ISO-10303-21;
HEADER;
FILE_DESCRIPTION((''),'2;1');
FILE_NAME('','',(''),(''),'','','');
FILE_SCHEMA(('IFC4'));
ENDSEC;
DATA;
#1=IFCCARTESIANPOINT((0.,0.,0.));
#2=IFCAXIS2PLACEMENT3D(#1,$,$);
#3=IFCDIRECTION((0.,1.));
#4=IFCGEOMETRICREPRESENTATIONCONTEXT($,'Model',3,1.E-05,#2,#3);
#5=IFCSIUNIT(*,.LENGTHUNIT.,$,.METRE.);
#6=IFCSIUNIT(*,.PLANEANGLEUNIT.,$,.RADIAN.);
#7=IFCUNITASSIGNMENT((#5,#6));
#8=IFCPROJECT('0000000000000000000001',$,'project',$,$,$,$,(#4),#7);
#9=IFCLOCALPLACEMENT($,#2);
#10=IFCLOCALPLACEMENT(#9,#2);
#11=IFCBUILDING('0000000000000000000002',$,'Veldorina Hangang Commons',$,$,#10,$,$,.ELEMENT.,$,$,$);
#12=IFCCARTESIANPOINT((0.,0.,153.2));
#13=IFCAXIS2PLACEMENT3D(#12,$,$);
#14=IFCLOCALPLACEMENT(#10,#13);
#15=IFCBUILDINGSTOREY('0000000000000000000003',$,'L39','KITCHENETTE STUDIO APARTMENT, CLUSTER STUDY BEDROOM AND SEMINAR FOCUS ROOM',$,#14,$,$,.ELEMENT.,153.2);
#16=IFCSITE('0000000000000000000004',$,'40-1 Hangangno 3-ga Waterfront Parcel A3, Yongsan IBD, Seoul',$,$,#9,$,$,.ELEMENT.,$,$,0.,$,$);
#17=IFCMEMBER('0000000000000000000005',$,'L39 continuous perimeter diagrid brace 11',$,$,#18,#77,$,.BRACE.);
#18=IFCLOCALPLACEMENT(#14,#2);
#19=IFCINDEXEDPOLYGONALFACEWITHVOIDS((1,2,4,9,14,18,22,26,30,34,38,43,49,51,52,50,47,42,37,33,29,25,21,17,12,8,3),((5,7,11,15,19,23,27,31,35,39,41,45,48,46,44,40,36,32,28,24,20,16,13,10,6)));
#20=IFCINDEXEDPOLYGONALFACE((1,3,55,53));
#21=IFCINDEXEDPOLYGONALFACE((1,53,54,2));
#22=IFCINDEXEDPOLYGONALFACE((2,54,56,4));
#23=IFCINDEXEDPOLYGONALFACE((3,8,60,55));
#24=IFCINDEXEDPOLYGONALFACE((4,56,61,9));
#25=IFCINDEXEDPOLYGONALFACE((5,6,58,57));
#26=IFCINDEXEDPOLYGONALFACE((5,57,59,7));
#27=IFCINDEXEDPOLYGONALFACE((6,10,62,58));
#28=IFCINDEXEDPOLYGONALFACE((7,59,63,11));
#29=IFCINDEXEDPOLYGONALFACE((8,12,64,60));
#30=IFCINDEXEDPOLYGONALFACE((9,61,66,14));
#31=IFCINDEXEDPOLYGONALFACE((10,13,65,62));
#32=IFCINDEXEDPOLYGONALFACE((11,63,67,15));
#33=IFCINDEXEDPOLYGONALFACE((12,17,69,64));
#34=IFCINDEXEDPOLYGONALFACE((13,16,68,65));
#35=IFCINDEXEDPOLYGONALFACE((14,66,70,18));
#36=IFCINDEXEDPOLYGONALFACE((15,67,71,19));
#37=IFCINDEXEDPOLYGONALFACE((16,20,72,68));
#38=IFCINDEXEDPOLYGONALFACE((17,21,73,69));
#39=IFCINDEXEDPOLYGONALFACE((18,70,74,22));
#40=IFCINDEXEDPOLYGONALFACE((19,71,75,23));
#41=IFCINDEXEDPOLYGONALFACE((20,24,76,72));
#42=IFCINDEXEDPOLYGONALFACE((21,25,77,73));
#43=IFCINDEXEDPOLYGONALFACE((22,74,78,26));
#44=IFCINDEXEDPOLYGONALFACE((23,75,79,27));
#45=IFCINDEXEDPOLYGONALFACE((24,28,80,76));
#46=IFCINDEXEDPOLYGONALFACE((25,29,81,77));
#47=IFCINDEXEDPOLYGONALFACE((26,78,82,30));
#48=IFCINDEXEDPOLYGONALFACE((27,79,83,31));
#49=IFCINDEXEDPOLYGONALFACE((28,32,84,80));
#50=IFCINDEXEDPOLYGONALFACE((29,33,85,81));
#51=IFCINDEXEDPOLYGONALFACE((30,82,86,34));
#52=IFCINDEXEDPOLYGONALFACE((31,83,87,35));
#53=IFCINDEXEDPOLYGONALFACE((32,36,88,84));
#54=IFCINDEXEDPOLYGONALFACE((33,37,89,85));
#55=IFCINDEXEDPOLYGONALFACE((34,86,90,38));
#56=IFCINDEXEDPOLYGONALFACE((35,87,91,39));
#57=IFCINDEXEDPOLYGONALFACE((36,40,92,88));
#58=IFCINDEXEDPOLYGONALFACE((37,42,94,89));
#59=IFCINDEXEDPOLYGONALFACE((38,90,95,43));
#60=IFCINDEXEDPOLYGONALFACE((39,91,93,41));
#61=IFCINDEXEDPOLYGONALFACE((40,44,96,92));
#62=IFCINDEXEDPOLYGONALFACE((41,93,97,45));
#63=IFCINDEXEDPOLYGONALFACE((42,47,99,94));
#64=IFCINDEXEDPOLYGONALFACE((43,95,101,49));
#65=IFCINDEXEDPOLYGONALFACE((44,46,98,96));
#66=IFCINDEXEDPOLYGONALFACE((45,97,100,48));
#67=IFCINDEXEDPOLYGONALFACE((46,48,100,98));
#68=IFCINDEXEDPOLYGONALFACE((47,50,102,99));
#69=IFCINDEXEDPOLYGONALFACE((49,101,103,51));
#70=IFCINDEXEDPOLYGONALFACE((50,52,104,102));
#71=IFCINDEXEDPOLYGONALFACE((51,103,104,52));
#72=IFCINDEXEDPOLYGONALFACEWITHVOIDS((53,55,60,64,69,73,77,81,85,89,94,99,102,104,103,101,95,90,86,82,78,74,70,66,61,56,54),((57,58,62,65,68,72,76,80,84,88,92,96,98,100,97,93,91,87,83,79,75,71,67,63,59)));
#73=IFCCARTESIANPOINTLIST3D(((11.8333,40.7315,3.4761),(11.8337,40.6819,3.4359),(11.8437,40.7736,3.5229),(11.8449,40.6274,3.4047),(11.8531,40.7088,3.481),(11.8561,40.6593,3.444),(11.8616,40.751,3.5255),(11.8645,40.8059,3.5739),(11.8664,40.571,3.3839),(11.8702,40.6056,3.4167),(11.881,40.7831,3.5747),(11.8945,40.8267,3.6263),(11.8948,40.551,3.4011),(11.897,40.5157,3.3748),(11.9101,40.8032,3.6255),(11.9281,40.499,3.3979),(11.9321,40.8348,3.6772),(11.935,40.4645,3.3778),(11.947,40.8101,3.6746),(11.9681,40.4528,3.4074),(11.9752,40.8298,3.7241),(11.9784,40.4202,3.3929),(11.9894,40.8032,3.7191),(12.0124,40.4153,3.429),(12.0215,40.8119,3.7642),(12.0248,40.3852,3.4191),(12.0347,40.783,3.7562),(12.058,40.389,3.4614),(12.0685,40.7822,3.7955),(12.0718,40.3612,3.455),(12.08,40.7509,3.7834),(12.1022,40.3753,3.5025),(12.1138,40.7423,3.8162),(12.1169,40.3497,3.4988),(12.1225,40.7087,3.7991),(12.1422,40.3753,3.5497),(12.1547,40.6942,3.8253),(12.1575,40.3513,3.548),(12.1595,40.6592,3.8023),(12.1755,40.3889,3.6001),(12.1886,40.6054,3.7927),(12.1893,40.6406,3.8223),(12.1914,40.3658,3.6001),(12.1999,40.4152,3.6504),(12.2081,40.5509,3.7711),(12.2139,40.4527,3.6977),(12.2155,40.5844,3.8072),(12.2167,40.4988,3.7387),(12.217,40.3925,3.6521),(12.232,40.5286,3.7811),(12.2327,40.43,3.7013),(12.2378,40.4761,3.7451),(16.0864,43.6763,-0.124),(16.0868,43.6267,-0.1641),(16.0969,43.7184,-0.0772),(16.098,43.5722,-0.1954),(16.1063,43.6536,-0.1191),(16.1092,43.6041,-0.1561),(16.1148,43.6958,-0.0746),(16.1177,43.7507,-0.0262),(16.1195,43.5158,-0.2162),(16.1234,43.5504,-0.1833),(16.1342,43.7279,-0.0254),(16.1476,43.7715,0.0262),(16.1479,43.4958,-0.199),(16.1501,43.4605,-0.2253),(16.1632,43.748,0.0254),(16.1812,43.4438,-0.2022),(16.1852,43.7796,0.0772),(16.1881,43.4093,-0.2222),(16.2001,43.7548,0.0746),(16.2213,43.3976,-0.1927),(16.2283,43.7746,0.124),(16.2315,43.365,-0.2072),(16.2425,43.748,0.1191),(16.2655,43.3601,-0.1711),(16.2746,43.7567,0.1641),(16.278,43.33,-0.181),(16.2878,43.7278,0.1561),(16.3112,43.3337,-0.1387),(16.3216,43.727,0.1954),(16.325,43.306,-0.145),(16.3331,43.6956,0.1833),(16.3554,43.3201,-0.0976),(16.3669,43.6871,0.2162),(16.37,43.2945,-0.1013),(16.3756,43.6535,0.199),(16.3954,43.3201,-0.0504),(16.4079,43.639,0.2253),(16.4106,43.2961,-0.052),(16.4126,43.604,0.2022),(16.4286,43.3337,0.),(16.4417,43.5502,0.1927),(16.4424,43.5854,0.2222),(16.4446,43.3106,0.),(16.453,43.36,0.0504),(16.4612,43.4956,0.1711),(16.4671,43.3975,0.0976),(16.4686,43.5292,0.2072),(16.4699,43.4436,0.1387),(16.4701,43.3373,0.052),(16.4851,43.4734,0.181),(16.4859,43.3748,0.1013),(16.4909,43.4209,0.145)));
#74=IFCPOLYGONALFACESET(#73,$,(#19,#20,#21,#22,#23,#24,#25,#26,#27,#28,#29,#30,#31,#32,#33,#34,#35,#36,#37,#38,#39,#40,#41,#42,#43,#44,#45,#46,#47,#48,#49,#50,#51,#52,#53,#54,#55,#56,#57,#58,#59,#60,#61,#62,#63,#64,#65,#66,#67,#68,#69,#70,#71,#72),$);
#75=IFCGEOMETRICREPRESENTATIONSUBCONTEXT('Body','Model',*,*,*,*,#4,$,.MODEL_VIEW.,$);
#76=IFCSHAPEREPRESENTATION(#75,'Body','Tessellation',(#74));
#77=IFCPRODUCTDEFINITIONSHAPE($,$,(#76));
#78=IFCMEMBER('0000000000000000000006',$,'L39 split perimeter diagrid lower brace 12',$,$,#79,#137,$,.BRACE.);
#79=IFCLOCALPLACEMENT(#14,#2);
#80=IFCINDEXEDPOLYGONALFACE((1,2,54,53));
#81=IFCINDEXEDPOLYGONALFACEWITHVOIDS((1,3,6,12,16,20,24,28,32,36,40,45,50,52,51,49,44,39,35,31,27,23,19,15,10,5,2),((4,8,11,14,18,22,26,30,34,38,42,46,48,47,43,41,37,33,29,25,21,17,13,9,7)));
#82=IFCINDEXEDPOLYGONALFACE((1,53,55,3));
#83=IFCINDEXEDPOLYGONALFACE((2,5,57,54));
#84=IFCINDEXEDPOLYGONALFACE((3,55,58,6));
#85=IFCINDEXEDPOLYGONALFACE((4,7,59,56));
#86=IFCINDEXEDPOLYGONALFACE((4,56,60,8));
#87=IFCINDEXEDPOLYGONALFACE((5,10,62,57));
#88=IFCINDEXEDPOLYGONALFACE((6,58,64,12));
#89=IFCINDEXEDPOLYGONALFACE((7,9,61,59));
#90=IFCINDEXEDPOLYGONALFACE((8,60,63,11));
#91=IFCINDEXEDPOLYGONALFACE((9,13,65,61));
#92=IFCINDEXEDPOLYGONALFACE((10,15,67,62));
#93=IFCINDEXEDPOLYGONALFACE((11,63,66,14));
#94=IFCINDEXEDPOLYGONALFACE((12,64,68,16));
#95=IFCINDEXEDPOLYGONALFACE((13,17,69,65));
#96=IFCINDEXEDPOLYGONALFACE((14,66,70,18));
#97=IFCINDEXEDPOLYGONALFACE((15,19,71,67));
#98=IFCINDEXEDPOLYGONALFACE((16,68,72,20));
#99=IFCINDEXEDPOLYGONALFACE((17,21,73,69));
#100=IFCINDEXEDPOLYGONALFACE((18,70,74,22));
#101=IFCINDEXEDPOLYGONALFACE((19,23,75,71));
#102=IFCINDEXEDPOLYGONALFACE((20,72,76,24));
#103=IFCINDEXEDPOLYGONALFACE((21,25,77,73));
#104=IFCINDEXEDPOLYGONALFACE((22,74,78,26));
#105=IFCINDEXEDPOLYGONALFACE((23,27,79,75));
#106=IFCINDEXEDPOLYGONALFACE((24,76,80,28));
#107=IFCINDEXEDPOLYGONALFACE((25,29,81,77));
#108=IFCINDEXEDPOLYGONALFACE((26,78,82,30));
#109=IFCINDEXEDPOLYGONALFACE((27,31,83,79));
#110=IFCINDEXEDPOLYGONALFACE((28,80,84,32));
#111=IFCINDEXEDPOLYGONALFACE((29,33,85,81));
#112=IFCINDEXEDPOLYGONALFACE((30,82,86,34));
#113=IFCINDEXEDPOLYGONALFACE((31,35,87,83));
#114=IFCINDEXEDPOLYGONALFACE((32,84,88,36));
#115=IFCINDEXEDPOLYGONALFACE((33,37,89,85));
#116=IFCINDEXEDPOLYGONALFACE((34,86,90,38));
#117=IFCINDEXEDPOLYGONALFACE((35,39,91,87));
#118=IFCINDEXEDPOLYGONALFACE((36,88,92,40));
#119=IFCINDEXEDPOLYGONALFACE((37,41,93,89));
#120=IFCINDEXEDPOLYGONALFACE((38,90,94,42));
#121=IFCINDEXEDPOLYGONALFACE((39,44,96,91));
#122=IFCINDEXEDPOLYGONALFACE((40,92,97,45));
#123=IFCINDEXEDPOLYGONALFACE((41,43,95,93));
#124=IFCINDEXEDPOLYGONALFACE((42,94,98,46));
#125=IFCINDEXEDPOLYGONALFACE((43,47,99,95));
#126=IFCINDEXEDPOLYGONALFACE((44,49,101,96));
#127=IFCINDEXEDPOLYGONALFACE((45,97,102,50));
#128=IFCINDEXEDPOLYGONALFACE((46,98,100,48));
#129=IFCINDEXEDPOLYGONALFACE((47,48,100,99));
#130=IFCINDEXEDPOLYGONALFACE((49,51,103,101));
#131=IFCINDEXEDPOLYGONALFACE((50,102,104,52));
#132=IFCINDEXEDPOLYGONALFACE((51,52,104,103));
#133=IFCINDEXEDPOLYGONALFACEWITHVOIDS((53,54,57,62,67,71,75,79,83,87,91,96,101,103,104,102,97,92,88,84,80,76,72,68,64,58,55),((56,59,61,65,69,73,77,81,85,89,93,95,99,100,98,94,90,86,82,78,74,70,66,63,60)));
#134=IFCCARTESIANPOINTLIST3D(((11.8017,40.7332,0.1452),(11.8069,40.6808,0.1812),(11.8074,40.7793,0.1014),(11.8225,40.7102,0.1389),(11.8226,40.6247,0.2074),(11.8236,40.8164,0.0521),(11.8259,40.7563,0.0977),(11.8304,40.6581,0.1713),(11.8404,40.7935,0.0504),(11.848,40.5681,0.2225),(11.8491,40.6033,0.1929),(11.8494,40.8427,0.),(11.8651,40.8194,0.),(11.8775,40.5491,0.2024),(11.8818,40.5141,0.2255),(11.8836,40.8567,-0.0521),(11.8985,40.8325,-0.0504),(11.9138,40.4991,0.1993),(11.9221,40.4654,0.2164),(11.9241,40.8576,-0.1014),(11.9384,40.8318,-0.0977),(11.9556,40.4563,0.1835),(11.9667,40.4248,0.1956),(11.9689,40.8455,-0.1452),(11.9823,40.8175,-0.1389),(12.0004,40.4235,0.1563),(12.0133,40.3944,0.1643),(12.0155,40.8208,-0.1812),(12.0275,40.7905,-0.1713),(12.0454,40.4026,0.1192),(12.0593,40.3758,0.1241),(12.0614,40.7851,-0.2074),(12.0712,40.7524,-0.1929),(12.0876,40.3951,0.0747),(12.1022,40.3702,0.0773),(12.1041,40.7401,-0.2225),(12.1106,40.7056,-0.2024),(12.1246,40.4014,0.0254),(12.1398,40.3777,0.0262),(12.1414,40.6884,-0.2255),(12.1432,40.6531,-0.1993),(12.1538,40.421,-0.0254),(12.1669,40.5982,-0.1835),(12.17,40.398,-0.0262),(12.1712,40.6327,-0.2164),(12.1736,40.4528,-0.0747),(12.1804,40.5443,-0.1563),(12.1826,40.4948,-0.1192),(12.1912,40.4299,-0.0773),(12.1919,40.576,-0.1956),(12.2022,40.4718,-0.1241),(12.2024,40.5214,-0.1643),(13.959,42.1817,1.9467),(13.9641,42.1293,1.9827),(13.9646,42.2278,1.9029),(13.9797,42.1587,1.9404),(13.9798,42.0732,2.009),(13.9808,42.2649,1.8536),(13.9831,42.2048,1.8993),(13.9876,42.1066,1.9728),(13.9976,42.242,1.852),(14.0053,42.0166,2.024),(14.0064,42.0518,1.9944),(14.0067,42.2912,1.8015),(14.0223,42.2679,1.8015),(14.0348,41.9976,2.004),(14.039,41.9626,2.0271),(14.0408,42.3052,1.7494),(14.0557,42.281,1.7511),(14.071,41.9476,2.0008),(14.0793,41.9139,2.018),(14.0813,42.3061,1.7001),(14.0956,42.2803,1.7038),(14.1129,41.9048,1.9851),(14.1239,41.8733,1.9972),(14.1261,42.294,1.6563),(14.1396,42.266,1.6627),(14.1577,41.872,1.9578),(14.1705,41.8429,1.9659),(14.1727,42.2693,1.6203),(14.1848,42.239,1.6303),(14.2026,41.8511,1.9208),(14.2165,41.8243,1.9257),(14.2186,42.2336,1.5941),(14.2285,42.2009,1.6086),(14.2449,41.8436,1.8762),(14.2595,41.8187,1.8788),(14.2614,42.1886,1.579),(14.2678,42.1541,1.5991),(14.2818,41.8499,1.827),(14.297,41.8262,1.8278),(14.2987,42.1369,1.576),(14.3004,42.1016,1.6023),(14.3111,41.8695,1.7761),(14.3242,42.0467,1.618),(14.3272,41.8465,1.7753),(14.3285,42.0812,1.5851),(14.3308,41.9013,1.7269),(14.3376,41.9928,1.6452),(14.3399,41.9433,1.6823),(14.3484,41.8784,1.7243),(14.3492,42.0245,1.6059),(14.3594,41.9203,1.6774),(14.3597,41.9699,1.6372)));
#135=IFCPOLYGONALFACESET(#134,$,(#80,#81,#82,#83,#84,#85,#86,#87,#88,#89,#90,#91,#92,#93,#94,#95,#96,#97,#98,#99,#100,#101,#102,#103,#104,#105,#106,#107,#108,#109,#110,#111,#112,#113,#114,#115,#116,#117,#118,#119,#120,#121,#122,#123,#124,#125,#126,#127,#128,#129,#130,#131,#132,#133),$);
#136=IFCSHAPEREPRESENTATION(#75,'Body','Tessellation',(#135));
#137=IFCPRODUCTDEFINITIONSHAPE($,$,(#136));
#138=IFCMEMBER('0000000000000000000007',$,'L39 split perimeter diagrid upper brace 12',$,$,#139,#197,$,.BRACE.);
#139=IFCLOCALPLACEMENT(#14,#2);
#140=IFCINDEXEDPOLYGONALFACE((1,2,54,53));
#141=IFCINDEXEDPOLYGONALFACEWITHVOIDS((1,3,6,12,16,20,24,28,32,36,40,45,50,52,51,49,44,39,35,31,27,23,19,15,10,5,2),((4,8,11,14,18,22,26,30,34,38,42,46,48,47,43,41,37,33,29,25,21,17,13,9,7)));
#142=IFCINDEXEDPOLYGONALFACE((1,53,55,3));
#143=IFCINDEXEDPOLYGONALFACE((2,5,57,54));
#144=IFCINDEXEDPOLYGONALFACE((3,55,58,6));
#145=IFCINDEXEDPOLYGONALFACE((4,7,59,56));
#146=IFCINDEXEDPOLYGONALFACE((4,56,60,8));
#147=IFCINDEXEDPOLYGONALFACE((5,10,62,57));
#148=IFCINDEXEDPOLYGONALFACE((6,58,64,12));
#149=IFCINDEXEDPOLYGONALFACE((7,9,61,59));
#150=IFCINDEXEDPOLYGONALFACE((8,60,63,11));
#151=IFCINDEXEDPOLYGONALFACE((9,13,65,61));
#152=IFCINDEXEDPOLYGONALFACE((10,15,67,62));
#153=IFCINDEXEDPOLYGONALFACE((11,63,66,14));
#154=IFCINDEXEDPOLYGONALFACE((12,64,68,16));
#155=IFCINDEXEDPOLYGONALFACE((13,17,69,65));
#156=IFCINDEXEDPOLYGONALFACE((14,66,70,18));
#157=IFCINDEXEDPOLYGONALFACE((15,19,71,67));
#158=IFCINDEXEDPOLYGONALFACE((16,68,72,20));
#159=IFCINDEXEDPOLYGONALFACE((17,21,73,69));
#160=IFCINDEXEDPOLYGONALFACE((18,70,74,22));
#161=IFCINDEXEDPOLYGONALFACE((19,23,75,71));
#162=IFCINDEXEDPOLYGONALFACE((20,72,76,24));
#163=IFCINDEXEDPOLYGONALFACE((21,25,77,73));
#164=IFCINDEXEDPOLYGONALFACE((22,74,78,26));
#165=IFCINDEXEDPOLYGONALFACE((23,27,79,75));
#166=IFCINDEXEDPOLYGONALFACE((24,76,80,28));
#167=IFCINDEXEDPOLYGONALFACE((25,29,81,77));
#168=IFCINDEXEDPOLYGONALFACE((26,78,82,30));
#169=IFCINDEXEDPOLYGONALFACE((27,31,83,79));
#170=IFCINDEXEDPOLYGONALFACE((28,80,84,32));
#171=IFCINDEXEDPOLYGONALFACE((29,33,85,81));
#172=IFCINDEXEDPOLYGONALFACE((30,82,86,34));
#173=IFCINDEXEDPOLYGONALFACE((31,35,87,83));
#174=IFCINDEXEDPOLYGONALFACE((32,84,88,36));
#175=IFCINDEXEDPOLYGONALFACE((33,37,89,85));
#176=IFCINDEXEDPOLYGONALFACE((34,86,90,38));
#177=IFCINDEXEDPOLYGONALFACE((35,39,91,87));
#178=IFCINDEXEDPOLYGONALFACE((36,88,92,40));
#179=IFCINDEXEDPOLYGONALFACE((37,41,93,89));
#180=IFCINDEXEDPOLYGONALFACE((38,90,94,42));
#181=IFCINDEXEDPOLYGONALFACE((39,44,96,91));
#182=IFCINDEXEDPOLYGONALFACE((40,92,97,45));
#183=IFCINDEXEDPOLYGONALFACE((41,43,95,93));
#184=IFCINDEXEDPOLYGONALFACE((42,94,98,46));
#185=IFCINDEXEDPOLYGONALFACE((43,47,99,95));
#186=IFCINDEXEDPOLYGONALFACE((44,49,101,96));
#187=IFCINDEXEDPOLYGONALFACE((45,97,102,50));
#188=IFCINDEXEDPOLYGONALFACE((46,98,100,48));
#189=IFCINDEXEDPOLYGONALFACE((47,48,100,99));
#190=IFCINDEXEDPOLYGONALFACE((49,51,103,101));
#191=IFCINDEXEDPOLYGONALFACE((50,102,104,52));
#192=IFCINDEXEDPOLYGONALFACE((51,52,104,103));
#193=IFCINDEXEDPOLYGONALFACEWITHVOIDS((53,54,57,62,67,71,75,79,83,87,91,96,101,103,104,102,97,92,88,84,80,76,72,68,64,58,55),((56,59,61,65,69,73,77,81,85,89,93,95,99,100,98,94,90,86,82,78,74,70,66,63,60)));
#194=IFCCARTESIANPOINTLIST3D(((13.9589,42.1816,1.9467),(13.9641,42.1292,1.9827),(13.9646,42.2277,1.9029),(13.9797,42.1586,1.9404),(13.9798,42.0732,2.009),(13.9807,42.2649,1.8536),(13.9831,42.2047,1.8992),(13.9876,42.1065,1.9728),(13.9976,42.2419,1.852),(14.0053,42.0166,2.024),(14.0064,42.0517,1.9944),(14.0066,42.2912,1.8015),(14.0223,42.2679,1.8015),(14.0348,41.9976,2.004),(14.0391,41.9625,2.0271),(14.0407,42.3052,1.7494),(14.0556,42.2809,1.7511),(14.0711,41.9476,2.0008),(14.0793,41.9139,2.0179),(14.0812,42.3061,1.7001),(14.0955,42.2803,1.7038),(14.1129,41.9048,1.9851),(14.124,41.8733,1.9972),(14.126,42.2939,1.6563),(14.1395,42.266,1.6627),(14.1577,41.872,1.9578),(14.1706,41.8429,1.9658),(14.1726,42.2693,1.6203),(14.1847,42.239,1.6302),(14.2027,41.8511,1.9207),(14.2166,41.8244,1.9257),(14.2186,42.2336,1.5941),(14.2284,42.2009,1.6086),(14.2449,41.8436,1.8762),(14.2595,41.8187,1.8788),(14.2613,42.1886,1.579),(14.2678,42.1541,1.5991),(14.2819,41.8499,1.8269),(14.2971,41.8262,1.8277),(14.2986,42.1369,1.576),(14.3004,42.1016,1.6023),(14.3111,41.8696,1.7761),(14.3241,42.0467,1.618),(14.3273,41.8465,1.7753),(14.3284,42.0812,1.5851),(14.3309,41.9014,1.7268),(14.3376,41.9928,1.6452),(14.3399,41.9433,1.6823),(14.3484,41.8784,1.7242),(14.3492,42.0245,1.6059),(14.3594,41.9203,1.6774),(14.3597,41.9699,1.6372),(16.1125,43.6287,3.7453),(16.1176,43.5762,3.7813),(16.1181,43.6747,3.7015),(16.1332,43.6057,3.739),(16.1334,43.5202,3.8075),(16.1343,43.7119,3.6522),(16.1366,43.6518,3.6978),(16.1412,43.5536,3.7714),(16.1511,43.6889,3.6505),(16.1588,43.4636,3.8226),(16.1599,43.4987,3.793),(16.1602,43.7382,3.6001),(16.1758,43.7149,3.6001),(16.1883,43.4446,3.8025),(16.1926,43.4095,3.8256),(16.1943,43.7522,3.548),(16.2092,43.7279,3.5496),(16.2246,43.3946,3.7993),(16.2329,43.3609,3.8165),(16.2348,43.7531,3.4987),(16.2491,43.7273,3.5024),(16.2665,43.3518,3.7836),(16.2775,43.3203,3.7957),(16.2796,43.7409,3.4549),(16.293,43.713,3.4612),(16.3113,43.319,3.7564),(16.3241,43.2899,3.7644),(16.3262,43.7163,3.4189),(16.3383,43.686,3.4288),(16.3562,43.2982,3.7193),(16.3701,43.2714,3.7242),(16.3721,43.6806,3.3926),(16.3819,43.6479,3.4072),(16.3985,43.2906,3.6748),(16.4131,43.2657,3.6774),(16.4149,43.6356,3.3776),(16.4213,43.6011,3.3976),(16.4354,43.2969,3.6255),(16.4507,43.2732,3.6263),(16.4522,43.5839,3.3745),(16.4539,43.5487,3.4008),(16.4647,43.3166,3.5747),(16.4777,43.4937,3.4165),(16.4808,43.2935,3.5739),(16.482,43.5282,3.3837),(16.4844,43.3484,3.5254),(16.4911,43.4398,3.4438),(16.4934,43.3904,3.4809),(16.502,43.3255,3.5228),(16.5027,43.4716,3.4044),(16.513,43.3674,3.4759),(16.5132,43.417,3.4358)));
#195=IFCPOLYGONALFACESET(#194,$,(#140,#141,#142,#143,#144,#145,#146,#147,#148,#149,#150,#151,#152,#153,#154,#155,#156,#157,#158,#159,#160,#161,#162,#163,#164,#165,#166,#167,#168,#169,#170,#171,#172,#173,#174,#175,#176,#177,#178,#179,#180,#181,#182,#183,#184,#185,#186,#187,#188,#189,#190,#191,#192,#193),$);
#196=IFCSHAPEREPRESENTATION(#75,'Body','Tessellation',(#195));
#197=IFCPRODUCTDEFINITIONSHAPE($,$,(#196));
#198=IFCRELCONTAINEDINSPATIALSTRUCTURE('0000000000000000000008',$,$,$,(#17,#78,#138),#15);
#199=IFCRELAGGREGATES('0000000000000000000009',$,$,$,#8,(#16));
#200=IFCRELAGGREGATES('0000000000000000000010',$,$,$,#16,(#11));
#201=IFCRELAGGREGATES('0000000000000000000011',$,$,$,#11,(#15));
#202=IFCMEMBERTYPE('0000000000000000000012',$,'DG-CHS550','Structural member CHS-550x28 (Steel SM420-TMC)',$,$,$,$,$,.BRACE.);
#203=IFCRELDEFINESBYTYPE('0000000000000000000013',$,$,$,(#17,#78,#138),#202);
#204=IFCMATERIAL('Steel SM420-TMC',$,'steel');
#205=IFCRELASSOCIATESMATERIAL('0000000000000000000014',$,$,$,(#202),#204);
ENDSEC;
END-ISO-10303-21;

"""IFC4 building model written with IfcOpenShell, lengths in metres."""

from ifc_helpers import new_model, si_unit, direction, frame, origin, origin_2d, place, context, subcontext, project, spatial, hollow_circle, extrude, material, material_profile, profile_set, type_object, element, save


model = new_model("IFC4")

# Units and contexts
model_context = context("Model", 3, precision=1e-05, world=origin(), true_north=direction((0.0, 1.0)))
body_context = subcontext(model_context, "Body", "Model", "MODEL_VIEW")
ifc_project = project(units=[si_unit("LENGTHUNIT", "METRE"), si_unit("PLANEANGLEUNIT", "RADIAN")], contexts=[model_context])

# Site, building, storey
site_placement = place(None, origin())
site = spatial("IfcSite", under=ifc_project, at=site_placement, Name="40-1 Hangangno 3-ga Waterfront Parcel A3, Yongsan IBD, Seoul", CompositionType="ELEMENT", RefElevation=0.0)
building_placement = place(site_placement, origin())
building = spatial("IfcBuilding", under=site, at=building_placement, Name="Veldorina Hangang Commons", CompositionType="ELEMENT")
storey_placement = place(building_placement, frame((0.0, 0.0, 153.2)))
storey = spatial("IfcBuildingStorey", under=building, at=storey_placement, Name="L39", Description="KITCHENETTE STUDIO APARTMENT, CLUSTER STUDY BEDROOM AND SEMINAR FOCUS ROOM", CompositionType="ELEMENT", Elevation=153.2)

# Shared definitions
ifc_material_1 = material(Name="Steel SM420-TMC", Category="steel")

# Members
ifc_material_profile_1 = material_profile(ifc_material_1, hollow_circle(Radius=0.2749, WallThickness=0.0281, at=origin_2d()), Name="CHS-550x28")
ifc_profile_set_1 = profile_set([ifc_material_profile_1], Name="Steel SM420-TMC")
member_type = type_object("IfcMemberType", Name="DG-CHS550", Description="Structural member CHS-550x28 (Steel SM420-TMC)", PredefinedType="BRACE", material=ifc_profile_set_1)
member_1_placement = place(storey_placement, frame((16.2881, 43.5366, 0.0), z_axis=(-0.674833, -0.467243, 0.571213), x_axis=(0.569252, -0.822163, 0.0)))
element("IfcMember", 1, at=member_1_placement, inside=storey, type_object=member_type, Name="L39 continuous perimeter diagrid brace 11", PredefinedType="BRACE", context=body_context, shape_type="SweptSolid", body=[
    extrude(hollow_circle(Radius=0.2749, WallThickness=0.0281, at=origin_2d()), origin(), (0.0, 0.0, 1.0), 6.3025),
])
member_2_placement = place(storey_placement, frame((12.0027, 40.6145, 0.0), z_axis=(0.682271, 0.458116, 0.569769), x_axis=(-0.557451, 0.83021, 0.0)))
element("IfcMember", 2, at=member_2_placement, inside=storey, type_object=member_type, Name="L39 split perimeter diagrid lower brace 12", PredefinedType="BRACE", context=body_context, shape_type="SweptSolid", body=[
    extrude(hollow_circle(Radius=0.2749, WallThickness=0.0281, at=origin_2d()), origin(), (0.0, 0.0, 1.0), 3.1619),
])
member_3_placement = place(storey_placement, frame((14.1599, 42.063, 1.8015), z_axis=(0.682157, 0.458354, 0.569714), x_axis=(-0.557715, 0.830033, 0.0)))
element("IfcMember", 3, at=member_3_placement, inside=storey, type_object=member_type, Name="L39 split perimeter diagrid upper brace 12", PredefinedType="BRACE", context=body_context, shape_type="SweptSolid", body=[
    extrude(hollow_circle(Radius=0.2749, WallThickness=0.0281, at=origin_2d()), origin(), (0.0, 0.0, 1.0), 3.157),
])

save(model, "model.ifc")
